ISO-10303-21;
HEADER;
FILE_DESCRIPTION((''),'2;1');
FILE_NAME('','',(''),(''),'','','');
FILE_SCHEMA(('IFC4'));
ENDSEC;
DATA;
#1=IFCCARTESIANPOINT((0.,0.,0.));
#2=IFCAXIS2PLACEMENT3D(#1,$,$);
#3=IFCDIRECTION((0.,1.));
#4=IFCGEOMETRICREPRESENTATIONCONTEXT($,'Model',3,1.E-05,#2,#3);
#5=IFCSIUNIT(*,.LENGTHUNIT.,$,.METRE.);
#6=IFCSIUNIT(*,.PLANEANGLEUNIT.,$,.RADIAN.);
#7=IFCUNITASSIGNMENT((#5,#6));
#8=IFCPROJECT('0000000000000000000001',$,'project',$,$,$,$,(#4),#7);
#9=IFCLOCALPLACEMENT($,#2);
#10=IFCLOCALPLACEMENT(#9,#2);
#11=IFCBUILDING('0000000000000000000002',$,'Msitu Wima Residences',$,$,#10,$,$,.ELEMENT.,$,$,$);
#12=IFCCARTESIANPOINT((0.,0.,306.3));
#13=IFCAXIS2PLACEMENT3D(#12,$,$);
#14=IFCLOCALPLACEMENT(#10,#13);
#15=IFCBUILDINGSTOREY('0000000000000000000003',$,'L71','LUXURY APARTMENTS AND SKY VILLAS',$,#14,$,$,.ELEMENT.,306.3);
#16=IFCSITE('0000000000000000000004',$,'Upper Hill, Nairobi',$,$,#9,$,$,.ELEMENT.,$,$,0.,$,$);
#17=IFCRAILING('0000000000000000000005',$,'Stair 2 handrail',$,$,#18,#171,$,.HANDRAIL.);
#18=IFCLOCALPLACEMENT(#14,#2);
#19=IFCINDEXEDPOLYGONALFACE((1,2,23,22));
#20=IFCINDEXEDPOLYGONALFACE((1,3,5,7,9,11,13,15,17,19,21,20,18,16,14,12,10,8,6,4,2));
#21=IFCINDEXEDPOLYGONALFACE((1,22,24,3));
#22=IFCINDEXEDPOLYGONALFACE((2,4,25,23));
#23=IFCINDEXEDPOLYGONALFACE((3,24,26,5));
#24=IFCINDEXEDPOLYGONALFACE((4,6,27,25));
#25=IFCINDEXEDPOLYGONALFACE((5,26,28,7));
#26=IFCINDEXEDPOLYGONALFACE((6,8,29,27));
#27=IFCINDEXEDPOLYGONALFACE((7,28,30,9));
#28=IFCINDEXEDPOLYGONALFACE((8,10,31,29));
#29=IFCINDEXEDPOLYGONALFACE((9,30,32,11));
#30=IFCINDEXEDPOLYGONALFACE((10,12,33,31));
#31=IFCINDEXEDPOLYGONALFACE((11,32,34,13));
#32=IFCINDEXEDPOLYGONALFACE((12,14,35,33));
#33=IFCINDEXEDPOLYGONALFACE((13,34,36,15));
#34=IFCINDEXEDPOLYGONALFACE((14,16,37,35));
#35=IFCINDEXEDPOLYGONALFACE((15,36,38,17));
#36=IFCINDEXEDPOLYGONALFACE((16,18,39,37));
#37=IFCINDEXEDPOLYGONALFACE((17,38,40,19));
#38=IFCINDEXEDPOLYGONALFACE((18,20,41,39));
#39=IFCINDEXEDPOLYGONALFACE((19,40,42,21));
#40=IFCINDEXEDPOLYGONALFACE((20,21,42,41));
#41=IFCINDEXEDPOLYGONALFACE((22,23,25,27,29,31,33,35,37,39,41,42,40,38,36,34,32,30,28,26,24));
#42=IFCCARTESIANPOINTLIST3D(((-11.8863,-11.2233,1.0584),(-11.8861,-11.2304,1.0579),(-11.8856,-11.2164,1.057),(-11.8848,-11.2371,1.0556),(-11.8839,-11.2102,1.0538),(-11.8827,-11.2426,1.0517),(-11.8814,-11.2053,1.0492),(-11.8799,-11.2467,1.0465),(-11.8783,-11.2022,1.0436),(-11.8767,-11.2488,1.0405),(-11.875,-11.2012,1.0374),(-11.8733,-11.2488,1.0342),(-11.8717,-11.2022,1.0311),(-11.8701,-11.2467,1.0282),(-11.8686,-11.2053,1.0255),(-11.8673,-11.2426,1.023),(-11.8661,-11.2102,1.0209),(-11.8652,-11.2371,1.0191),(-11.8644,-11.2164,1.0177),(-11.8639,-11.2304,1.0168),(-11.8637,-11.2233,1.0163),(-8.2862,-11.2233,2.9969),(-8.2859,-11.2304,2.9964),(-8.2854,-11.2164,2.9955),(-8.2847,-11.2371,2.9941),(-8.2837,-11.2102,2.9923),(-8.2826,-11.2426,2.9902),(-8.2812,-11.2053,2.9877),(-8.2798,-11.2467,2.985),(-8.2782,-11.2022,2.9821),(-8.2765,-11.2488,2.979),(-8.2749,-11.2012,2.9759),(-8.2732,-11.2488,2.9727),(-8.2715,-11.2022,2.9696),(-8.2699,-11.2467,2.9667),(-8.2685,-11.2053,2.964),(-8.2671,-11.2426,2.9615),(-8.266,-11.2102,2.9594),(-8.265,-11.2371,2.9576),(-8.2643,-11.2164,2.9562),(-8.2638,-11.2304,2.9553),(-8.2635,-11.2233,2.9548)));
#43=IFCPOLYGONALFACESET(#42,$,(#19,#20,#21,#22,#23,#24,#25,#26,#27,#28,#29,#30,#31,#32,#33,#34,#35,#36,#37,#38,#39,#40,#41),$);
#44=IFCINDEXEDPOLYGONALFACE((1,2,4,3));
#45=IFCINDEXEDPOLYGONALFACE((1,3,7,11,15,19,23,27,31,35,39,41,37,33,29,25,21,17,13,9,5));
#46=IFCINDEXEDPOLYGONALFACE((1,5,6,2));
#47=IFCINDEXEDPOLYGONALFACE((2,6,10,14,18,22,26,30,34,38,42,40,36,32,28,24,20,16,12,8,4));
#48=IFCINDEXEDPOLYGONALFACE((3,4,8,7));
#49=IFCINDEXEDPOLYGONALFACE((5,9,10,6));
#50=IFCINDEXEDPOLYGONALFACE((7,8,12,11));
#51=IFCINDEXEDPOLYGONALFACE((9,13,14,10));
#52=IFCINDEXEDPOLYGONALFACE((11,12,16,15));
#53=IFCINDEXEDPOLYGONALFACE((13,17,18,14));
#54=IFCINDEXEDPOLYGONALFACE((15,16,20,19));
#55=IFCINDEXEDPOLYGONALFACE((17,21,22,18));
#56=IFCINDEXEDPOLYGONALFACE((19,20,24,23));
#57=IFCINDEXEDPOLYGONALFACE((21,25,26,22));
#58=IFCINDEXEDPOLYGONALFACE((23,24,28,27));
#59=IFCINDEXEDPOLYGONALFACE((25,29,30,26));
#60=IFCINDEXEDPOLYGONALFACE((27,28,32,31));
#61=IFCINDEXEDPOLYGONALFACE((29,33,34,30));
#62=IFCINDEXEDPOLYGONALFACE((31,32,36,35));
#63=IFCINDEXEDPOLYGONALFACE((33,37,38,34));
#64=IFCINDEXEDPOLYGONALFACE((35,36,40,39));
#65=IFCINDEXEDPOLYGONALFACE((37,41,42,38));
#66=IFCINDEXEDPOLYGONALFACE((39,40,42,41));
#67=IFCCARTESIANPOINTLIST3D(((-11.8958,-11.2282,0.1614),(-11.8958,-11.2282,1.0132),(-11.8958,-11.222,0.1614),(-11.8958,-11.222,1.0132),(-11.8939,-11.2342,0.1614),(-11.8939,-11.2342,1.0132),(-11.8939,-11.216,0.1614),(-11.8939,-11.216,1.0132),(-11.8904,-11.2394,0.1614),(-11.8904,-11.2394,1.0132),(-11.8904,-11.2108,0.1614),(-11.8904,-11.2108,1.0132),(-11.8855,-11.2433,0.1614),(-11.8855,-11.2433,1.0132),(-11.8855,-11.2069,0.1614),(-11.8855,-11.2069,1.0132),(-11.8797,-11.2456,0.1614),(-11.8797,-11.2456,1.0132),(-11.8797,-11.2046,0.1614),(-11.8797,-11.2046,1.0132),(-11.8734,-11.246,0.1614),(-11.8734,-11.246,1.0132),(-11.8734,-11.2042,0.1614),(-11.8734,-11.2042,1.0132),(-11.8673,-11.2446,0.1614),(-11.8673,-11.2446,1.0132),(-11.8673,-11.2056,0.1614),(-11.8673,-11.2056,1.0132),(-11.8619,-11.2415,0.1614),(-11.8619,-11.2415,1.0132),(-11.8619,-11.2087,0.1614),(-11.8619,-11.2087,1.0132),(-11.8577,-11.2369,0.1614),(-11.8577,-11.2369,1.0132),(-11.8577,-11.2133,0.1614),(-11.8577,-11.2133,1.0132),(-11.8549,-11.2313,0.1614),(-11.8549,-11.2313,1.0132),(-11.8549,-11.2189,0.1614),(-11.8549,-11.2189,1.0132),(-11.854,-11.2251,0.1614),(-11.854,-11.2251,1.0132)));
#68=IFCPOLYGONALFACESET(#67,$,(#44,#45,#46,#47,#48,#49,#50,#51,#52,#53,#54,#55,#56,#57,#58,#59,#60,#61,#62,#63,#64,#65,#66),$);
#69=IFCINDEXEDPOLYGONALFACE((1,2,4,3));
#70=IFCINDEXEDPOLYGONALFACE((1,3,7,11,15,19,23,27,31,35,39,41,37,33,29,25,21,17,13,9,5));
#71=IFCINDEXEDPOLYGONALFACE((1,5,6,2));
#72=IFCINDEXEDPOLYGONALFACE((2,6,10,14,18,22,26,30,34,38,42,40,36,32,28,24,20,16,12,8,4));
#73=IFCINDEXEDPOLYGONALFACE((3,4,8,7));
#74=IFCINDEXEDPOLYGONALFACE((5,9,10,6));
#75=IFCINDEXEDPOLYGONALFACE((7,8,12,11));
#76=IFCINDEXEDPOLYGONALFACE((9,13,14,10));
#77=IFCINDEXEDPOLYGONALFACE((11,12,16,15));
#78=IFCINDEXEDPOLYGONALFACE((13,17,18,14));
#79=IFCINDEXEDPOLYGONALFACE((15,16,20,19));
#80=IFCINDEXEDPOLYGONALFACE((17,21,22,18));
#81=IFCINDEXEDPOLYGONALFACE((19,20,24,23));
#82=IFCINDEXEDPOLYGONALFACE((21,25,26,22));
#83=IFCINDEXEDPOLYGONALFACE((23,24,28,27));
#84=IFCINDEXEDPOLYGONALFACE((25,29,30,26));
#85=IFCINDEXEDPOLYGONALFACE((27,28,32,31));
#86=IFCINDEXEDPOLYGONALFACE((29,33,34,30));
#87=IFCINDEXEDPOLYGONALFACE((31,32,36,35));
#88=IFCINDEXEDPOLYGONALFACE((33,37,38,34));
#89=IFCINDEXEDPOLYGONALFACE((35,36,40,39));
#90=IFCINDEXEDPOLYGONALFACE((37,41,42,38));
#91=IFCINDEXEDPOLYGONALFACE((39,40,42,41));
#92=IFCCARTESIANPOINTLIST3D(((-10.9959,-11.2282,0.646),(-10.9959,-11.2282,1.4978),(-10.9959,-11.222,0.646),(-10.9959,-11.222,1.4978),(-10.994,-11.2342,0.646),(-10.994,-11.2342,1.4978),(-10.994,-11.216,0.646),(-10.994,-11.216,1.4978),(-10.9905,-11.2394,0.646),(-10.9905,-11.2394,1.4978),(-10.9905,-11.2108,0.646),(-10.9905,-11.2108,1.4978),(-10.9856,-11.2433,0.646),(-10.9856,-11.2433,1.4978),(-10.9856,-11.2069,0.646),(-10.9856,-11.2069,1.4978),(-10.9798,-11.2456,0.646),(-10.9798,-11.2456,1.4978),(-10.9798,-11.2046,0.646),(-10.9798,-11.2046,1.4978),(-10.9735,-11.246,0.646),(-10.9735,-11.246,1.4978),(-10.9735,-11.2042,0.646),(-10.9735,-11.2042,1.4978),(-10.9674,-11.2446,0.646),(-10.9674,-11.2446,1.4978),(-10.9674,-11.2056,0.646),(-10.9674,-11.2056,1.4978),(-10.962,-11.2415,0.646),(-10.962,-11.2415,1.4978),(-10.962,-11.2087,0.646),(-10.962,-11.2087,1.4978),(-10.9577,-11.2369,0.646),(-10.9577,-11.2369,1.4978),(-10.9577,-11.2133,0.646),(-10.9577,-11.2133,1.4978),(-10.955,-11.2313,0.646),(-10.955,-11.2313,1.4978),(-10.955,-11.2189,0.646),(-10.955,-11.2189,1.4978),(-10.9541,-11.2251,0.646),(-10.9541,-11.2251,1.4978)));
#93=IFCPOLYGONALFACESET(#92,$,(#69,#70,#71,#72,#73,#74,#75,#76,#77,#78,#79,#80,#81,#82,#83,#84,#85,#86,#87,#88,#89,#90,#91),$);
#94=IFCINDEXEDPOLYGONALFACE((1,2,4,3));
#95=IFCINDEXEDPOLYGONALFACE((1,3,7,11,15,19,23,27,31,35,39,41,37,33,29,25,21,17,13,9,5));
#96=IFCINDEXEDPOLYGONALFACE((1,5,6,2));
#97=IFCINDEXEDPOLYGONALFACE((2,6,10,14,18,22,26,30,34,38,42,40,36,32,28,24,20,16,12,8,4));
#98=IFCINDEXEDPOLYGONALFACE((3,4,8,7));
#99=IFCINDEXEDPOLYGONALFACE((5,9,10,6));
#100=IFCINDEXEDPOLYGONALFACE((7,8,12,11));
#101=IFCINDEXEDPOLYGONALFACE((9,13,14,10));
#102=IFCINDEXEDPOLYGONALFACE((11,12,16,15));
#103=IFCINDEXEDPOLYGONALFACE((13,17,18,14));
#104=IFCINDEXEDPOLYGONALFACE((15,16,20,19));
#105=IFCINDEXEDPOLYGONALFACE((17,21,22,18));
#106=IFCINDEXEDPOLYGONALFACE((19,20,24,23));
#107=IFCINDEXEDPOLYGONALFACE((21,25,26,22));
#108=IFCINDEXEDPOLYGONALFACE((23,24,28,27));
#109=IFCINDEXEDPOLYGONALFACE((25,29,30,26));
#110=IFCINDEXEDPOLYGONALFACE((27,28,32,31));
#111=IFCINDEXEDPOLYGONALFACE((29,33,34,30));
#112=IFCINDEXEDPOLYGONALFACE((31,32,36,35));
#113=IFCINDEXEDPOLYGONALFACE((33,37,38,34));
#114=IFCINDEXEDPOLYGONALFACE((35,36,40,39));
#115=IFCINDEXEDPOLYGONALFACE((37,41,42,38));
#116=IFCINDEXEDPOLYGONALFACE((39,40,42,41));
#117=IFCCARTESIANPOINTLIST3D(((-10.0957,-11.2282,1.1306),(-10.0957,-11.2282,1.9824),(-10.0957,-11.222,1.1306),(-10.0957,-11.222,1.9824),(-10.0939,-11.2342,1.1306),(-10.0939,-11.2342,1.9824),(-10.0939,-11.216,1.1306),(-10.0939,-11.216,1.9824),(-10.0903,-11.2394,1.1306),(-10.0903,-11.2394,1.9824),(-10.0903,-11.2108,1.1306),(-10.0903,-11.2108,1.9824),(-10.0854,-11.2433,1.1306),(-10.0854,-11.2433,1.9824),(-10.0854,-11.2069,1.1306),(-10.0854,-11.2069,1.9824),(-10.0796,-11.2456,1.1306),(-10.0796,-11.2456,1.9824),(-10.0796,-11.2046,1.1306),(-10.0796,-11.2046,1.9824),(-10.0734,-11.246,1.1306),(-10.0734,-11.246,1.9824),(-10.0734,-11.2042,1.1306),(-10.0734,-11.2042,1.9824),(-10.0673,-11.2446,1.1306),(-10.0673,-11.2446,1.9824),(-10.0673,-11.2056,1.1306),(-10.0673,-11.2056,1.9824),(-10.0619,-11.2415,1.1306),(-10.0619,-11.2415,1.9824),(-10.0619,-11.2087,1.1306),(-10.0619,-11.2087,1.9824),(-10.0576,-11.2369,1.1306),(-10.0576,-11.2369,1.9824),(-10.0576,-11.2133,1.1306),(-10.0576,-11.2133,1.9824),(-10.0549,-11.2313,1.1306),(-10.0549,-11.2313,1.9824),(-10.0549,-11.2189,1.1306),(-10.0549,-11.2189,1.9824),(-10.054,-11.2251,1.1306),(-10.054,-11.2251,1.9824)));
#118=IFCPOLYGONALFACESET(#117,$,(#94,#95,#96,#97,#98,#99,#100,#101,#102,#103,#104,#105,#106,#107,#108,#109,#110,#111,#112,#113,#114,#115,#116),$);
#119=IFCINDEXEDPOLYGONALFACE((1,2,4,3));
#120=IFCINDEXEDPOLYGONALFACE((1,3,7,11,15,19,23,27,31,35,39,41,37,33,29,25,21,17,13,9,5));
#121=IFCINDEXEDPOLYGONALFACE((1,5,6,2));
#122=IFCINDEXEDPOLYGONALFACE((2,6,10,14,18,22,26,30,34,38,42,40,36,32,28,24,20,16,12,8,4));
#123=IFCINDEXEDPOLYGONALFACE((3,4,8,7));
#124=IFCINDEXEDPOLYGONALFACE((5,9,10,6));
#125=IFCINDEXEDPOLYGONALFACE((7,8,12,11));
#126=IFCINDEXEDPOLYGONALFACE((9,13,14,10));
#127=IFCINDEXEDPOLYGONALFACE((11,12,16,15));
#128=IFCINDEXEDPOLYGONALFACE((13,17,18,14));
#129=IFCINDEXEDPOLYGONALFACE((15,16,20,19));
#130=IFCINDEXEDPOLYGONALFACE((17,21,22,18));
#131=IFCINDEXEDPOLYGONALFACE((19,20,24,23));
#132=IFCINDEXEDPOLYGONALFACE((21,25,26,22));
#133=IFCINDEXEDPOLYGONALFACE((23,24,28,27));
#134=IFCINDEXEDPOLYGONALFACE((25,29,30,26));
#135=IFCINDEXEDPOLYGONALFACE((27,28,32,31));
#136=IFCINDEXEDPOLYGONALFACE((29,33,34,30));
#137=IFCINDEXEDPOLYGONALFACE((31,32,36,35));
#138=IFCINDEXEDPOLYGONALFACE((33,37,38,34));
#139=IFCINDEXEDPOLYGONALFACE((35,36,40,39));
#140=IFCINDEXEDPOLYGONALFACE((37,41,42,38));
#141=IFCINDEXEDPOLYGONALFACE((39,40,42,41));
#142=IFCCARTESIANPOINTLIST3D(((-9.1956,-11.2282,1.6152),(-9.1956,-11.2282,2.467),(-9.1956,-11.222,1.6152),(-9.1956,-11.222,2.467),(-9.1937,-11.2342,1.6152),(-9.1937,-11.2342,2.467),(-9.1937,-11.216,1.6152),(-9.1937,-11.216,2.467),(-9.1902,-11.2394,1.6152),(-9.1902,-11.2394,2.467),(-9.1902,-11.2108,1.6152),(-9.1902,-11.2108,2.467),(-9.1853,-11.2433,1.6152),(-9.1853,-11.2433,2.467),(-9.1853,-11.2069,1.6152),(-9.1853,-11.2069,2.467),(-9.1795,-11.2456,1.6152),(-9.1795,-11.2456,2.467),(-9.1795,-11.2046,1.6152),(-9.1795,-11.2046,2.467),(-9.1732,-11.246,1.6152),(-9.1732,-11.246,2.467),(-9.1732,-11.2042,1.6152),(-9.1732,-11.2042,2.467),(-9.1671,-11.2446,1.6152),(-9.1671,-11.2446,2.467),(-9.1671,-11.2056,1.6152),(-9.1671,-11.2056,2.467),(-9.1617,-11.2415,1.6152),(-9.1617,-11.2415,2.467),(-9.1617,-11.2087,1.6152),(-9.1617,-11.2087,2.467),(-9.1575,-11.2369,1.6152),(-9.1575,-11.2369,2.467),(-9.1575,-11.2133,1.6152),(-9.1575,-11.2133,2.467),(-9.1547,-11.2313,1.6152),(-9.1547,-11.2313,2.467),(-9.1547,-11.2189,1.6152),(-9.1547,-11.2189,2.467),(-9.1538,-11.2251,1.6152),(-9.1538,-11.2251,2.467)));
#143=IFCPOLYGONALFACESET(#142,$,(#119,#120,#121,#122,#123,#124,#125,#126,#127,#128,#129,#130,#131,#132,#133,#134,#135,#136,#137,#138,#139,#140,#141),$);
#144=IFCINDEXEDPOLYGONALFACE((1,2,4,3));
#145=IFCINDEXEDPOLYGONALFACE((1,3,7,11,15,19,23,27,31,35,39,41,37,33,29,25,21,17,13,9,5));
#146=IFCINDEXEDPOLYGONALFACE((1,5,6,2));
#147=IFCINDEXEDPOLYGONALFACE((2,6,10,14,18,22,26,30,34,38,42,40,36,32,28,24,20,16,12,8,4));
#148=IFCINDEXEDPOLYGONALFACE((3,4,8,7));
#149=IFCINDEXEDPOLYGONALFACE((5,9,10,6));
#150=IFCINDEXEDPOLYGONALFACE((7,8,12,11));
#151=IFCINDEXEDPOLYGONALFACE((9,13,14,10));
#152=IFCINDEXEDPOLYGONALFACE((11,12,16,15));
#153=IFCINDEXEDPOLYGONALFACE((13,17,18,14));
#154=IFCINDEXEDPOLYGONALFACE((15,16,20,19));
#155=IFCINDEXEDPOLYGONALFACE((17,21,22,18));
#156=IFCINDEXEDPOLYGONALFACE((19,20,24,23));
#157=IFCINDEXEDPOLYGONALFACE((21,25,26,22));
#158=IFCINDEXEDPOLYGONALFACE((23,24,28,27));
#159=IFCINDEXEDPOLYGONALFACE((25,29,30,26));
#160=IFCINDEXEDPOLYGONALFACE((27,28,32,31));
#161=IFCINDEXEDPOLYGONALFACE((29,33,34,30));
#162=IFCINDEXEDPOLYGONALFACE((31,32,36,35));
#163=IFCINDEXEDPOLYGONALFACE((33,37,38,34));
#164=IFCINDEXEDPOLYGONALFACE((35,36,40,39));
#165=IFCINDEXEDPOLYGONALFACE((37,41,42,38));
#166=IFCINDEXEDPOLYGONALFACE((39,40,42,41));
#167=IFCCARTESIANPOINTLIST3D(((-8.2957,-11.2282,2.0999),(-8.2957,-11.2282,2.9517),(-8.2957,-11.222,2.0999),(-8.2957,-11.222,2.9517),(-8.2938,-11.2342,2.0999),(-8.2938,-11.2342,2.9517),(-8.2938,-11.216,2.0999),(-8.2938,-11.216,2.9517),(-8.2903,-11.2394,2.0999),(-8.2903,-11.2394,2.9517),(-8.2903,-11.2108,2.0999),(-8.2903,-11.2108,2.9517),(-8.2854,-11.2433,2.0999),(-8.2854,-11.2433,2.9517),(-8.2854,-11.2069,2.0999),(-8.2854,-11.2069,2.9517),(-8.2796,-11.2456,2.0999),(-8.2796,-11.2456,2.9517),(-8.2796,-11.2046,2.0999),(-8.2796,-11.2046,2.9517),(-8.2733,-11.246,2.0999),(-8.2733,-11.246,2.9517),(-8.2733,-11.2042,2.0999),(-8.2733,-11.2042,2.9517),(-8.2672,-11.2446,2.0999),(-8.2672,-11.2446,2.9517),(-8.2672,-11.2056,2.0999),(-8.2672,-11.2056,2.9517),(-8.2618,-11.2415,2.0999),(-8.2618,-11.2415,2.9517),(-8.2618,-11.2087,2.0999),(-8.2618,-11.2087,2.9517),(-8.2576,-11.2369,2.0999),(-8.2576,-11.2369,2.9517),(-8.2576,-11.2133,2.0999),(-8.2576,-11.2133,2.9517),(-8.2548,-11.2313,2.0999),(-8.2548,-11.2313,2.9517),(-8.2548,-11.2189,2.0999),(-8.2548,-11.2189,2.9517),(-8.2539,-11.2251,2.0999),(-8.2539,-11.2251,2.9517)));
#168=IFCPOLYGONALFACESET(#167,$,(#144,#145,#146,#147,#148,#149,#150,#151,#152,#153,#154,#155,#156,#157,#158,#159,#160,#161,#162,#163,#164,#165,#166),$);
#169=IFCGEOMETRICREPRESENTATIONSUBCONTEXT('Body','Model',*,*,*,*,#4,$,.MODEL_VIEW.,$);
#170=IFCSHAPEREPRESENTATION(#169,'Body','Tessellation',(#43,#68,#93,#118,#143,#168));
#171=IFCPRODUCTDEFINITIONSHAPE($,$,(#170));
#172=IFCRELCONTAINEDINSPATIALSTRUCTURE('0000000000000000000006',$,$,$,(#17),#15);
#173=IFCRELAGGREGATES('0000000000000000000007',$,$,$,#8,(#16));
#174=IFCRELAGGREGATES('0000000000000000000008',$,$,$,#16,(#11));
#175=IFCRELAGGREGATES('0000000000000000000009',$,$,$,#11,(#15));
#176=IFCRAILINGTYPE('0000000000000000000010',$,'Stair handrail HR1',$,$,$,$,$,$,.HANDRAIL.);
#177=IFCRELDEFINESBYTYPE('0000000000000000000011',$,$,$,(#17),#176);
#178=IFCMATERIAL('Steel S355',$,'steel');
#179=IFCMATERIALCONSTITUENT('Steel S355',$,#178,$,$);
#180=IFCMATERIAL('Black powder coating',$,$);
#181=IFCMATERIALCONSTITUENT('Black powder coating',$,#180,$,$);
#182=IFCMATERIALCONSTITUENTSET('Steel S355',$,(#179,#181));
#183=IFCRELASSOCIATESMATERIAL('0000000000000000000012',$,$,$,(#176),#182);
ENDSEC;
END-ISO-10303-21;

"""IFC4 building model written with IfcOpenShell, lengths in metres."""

from ifc_helpers import new_model, si_unit, direction, frame, origin, origin_2d, place, context, subcontext, project, spatial, circle, extrude, material, constituent, constituent_set, type_object, element, save


model = new_model("IFC4")

# Units and contexts
model_context = context("Model", 3, precision=1e-05, world=origin(), true_north=direction((0.0, 1.0)))
body_context = subcontext(model_context, "Body", "Model", "MODEL_VIEW")
ifc_project = project(units=[si_unit("LENGTHUNIT", "METRE"), si_unit("PLANEANGLEUNIT", "RADIAN")], contexts=[model_context])

# Site, building, storey
site_placement = place(None, origin())
site = spatial("IfcSite", under=ifc_project, at=site_placement, Name="Upper Hill, Nairobi", CompositionType="ELEMENT", RefElevation=0.0)
building_placement = place(site_placement, origin())
building = spatial("IfcBuilding", under=site, at=building_placement, Name="Msitu Wima Residences", CompositionType="ELEMENT")
storey_placement = place(building_placement, frame((0.0, 0.0, 306.3)))
storey = spatial("IfcBuildingStorey", under=building, at=storey_placement, Name="L71", Description="LUXURY APARTMENTS AND SKY VILLAS", CompositionType="ELEMENT", Elevation=306.3)

# Railing
ifc_material_1 = material(Name="Steel S355", Category="steel")
ifc_constituent_1 = constituent(ifc_material_1, Name="Steel S355")
ifc_material_2 = material(Name="Black powder coating")
ifc_constituent_2 = constituent(ifc_material_2, Name="Black powder coating")
ifc_constituent_set = constituent_set(constituents=[ifc_constituent_1, ifc_constituent_2], Name="Steel S355")
railing_type = type_object("IfcRailingType", Name="Stair handrail HR1", PredefinedType="HANDRAIL", material=ifc_constituent_set)
for number, where, name in (
    (1, (-11.875, -11.2251, 0.1614), "Stair 2 handrail"),
):
    element("IfcRailing", number, at=place(storey_placement, frame(where)), inside=storey, type_object=railing_type, Name=name, PredefinedType="HANDRAIL", context=body_context, shape_type="SweptSolid", body=[
        extrude(circle(Radius=0.0239, at=origin_2d()), frame((0.0, 0.0, 0.876), z_axis=(0.880475, 0.0, 0.474093), x_axis=(0.0, 1.0, 0.0)), (0.0, 0.0, 1.0), 4.0889),
        extrude(circle(Radius=0.021, at=origin_2d()), origin(), (0.0, 0.0, 1.0), 0.8518),
        extrude(circle(Radius=0.021, at=origin_2d()), frame((0.8999, 0.0, 0.4846)), (0.0, 0.0, 1.0), 0.8518),
        extrude(circle(Radius=0.021, at=origin_2d()), frame((1.8, 0.0, 0.9692)), (0.0, 0.0, 1.0), 0.8518),
        extrude(circle(Radius=0.021, at=origin_2d()), frame((2.7002, 0.0, 1.4539)), (0.0, 0.0, 1.0), 0.8518),
        extrude(circle(Radius=0.021, at=origin_2d()), frame((3.6001, 0.0, 1.9385)), (0.0, 0.0, 1.0), 0.8518),
    ])

save(model, "model.ifc")
